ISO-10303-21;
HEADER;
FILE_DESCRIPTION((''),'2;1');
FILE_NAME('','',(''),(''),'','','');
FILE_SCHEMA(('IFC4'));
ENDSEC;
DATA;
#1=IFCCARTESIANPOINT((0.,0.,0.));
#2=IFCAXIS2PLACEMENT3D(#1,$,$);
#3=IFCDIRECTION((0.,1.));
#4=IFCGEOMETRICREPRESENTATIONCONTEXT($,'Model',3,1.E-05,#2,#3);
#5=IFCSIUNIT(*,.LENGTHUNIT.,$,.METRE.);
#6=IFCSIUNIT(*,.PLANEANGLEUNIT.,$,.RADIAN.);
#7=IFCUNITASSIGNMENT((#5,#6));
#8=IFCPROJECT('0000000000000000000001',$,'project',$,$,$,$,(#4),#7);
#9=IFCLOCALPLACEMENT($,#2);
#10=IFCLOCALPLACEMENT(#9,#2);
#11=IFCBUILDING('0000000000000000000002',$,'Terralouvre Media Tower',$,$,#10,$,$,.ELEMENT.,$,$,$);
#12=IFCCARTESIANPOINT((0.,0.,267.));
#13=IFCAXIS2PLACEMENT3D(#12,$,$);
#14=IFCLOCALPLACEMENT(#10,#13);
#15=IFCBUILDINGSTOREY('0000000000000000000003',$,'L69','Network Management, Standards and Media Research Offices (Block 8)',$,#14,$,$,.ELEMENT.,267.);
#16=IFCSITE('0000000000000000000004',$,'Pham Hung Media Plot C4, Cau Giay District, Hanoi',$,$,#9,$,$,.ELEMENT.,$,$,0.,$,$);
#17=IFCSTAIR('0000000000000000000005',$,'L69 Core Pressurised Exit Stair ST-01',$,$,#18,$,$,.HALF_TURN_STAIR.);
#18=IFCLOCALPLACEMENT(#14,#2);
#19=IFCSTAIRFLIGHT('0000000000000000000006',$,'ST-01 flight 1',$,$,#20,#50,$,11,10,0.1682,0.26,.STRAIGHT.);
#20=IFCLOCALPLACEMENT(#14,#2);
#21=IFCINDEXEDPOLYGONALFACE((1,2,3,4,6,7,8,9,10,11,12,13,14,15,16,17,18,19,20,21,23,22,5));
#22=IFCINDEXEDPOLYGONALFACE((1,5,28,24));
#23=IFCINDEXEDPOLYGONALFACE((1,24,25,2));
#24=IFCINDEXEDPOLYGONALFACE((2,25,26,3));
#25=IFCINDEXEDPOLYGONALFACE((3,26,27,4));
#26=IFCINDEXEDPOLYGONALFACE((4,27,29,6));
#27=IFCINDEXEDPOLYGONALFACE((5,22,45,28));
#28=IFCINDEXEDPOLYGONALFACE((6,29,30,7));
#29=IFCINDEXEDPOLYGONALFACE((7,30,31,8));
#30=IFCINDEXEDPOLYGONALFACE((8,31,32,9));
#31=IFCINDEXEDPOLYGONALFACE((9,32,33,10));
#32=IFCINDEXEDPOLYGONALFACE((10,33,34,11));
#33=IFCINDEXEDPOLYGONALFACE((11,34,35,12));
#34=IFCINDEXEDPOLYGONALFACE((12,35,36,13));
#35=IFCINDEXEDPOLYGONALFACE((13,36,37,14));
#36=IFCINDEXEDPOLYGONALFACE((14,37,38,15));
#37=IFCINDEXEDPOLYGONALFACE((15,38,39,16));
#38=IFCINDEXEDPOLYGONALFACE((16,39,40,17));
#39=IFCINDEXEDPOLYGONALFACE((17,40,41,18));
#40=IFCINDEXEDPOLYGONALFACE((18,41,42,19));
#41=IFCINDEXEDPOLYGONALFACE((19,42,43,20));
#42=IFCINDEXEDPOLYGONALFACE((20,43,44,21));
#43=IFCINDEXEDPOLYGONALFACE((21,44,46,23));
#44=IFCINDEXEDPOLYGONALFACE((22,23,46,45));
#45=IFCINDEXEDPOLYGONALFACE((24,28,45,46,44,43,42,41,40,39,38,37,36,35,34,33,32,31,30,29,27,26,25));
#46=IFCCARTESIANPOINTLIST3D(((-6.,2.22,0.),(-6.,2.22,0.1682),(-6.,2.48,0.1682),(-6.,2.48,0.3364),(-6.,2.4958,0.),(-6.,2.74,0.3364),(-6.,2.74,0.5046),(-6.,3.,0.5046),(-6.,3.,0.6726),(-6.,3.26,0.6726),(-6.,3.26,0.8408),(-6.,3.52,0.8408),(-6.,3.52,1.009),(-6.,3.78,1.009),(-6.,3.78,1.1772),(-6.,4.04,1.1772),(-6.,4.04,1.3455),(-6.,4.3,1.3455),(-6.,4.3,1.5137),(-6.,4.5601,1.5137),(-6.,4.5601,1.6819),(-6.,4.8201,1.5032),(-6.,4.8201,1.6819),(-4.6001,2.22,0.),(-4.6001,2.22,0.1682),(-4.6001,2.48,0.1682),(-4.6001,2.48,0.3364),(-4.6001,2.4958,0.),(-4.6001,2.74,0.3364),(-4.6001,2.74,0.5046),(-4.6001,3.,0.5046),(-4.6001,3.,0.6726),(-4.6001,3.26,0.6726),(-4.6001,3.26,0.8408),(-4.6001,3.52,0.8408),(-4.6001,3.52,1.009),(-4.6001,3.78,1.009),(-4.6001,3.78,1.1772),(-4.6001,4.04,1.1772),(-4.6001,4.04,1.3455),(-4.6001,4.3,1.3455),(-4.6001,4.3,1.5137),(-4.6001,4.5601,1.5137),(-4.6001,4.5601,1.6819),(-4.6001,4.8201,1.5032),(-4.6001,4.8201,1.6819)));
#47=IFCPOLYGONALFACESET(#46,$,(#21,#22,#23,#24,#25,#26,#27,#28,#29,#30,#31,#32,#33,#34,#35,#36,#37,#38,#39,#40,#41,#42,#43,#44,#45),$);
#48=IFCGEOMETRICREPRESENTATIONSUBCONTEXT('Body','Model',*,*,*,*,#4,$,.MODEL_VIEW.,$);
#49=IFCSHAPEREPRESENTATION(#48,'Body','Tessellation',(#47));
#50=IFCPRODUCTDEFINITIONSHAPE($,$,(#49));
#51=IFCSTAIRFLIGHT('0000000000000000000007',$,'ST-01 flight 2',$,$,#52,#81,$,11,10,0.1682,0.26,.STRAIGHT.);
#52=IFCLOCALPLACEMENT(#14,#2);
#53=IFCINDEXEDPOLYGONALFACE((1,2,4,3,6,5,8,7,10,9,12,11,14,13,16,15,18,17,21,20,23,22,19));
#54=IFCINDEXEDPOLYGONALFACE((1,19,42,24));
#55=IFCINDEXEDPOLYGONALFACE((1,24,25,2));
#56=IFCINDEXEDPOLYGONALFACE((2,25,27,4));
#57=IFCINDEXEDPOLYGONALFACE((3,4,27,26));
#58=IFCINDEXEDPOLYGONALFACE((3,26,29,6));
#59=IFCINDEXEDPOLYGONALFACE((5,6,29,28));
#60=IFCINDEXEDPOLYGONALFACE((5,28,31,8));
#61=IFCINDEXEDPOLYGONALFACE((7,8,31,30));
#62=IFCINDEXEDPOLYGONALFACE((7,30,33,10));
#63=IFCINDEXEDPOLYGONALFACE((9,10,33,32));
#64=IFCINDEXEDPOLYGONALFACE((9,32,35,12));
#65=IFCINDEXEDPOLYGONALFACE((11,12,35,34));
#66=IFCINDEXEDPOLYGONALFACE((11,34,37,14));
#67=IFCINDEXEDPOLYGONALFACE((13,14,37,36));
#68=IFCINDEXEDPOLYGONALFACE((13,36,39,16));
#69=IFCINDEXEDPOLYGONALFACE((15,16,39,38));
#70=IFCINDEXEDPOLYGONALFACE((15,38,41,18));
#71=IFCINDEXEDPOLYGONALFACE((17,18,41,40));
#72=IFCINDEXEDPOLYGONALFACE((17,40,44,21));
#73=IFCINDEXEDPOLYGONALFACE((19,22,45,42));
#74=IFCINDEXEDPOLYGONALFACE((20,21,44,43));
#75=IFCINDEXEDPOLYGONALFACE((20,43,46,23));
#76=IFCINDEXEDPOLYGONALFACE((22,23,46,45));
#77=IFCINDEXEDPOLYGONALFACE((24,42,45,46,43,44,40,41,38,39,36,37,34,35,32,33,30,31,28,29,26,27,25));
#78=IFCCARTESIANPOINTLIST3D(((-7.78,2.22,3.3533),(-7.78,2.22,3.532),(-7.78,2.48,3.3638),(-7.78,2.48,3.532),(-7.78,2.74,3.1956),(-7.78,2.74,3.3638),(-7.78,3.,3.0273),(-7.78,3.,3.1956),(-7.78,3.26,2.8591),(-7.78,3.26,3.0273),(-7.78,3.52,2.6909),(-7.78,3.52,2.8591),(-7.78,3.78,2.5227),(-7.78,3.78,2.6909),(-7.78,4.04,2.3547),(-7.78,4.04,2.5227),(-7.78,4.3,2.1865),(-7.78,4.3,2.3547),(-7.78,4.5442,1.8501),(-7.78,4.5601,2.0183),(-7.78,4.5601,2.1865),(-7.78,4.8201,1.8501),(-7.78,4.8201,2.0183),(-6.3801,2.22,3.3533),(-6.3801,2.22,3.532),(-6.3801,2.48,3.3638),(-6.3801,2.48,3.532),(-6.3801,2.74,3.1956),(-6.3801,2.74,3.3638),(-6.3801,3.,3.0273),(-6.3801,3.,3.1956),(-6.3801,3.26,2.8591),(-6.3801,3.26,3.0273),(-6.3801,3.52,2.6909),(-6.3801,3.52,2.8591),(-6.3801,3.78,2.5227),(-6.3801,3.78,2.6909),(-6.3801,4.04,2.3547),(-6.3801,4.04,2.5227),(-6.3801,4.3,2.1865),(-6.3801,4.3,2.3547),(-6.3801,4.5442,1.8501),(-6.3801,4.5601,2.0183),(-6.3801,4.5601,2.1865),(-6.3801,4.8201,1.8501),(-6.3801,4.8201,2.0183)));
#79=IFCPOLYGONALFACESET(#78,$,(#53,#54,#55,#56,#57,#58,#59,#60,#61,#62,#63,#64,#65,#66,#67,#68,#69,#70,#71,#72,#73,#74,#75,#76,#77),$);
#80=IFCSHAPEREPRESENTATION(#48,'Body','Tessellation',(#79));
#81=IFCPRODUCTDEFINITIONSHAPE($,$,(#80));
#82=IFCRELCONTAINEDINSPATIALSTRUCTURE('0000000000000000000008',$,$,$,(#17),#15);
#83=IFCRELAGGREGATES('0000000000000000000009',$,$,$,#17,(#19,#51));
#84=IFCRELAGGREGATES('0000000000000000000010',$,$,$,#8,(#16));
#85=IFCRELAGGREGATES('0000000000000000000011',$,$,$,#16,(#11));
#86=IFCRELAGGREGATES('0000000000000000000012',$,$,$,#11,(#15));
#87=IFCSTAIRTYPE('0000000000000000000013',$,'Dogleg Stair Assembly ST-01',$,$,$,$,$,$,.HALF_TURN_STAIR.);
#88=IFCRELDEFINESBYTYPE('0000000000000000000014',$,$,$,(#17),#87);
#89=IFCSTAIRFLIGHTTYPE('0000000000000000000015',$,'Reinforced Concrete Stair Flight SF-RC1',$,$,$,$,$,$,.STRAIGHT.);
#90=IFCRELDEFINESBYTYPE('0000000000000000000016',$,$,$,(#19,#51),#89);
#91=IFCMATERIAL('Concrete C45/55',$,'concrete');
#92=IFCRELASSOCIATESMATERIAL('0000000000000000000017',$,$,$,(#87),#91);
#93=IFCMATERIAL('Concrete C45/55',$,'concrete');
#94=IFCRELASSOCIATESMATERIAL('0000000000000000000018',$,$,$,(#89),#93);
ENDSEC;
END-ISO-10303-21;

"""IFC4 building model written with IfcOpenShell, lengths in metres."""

from ifc_helpers import new_model, si_unit, direction, frame, origin, place, context, subcontext, project, spatial, polyline, outline, extrude, material, type_object, element, aggregate, save


model = new_model("IFC4")

# Units and contexts
model_context = context("Model", 3, precision=1e-05, world=origin(), true_north=direction((0.0, 1.0)))
body_context = subcontext(model_context, "Body", "Model", "MODEL_VIEW")
ifc_project = project(units=[si_unit("LENGTHUNIT", "METRE"), si_unit("PLANEANGLEUNIT", "RADIAN")], contexts=[model_context])

# Site, building, storey
site_placement = place(None, origin())
site = spatial("IfcSite", under=ifc_project, at=site_placement, Name="Pham Hung Media Plot C4, Cau Giay District, Hanoi", CompositionType="ELEMENT", RefElevation=0.0)
building_placement = place(site_placement, origin())
building = spatial("IfcBuilding", under=site, at=building_placement, Name="Terralouvre Media Tower", CompositionType="ELEMENT")
storey_placement = place(building_placement, frame((0.0, 0.0, 267.0)))
storey = spatial("IfcBuildingStorey", under=building, at=storey_placement, Name="L69", Description="Network Management, Standards and Media Research Offices (Block 8)", CompositionType="ELEMENT", Elevation=267.0)

# Stair, stair flights
ifc_material_1 = material(Name="Concrete C45/55", Category="concrete")
stair_type = type_object("IfcStairType", Name="Dogleg Stair Assembly ST-01", PredefinedType="HALF_TURN_STAIR", material=ifc_material_1)
stair_placement = place(storey_placement, origin())
stair = element("IfcStair", 1, at=stair_placement, inside=storey, type_object=stair_type, Name="L69 Core Pressurised Exit Stair ST-01", PredefinedType="HALF_TURN_STAIR")
ifc_material_2 = material(Name="Concrete C45/55", Category="concrete")
stair_flight_type = type_object("IfcStairFlightType", Name="Reinforced Concrete Stair Flight SF-RC1", PredefinedType="STRAIGHT", material=ifc_material_2)
stair_flight_1_placement = place(storey_placement, frame((-5.3, 2.22, 0.0), z_axis=(0.0, 0.0, 1.0), x_axis=(0.0, 1.0, 0.0)))
stair_flight_1 = element("IfcStairFlight", 2, at=stair_flight_1_placement, type_object=stair_flight_type, Name="ST-01 flight 1", NumberOfRisers=11, NumberOfTreads=10, PredefinedType="STRAIGHT", RiserHeight=0.1682, TreadLength=0.26, context=body_context, shape_type="SweptSolid", body=[
    extrude(outline(polyline([(0.0, 0.0), (0.0, 0.1682), (0.26, 0.1682), (0.26, 0.3364), (0.52, 0.3364), (0.52, 0.5046), (0.78, 0.5046), (0.78, 0.6726), (1.04, 0.6726), (1.04, 0.8408), (1.3, 0.8408), (1.3, 1.009), (1.5601, 1.009), (1.5601, 1.1772), (1.8201, 1.1772), (1.8201, 1.3455), (2.0801, 1.3455), (2.0801, 1.5137), (2.3401, 1.5137), (2.3401, 1.6819), (2.6001, 1.6819), (2.6001, 1.8501), (2.6001, 1.5032), (0.2759, 0.0), (0.0, 0.0)])), frame((0.0, 0.7, 0.0), z_axis=(0.0, -1.0, 0.0), x_axis=(1.0, 0.0, 0.0)), (0.0, 0.0, 1.0), 1.3999),
])
stair_flight_2_placement = place(storey_placement, frame((-7.0801, 4.8201, 1.8501), z_axis=(0.0, 0.0, 1.0), x_axis=(0.0, -1.0, 0.0)))
stair_flight_2 = element("IfcStairFlight", 3, at=stair_flight_2_placement, type_object=stair_flight_type, Name="ST-01 flight 2", NumberOfRisers=11, NumberOfTreads=10, PredefinedType="STRAIGHT", RiserHeight=0.1682, TreadLength=0.26, context=body_context, shape_type="SweptSolid", body=[
    extrude(outline(polyline([(0.0, 0.0), (0.0, 0.1682), (0.26, 0.1682), (0.26, 0.3364), (0.52, 0.3364), (0.52, 0.5046), (0.78, 0.5046), (0.78, 0.6726), (1.04, 0.6726), (1.04, 0.8408), (1.3, 0.8408), (1.3, 1.009), (1.5601, 1.009), (1.5601, 1.1772), (1.8201, 1.1772), (1.8201, 1.3455), (2.0801, 1.3455), (2.0801, 1.5137), (2.3401, 1.5137), (2.3401, 1.6819), (2.6001, 1.6819), (2.6001, 1.8501), (2.6001, 1.5032), (0.2759, 0.0), (0.0, 0.0)])), frame((0.0, 0.7, 0.0), z_axis=(0.0, -1.0, 0.0), x_axis=(1.0, 0.0, 0.0)), (0.0, 0.0, 1.0), 1.3999),
])
aggregate(stair, [stair_flight_1, stair_flight_2])

save(model, "model.ifc")
